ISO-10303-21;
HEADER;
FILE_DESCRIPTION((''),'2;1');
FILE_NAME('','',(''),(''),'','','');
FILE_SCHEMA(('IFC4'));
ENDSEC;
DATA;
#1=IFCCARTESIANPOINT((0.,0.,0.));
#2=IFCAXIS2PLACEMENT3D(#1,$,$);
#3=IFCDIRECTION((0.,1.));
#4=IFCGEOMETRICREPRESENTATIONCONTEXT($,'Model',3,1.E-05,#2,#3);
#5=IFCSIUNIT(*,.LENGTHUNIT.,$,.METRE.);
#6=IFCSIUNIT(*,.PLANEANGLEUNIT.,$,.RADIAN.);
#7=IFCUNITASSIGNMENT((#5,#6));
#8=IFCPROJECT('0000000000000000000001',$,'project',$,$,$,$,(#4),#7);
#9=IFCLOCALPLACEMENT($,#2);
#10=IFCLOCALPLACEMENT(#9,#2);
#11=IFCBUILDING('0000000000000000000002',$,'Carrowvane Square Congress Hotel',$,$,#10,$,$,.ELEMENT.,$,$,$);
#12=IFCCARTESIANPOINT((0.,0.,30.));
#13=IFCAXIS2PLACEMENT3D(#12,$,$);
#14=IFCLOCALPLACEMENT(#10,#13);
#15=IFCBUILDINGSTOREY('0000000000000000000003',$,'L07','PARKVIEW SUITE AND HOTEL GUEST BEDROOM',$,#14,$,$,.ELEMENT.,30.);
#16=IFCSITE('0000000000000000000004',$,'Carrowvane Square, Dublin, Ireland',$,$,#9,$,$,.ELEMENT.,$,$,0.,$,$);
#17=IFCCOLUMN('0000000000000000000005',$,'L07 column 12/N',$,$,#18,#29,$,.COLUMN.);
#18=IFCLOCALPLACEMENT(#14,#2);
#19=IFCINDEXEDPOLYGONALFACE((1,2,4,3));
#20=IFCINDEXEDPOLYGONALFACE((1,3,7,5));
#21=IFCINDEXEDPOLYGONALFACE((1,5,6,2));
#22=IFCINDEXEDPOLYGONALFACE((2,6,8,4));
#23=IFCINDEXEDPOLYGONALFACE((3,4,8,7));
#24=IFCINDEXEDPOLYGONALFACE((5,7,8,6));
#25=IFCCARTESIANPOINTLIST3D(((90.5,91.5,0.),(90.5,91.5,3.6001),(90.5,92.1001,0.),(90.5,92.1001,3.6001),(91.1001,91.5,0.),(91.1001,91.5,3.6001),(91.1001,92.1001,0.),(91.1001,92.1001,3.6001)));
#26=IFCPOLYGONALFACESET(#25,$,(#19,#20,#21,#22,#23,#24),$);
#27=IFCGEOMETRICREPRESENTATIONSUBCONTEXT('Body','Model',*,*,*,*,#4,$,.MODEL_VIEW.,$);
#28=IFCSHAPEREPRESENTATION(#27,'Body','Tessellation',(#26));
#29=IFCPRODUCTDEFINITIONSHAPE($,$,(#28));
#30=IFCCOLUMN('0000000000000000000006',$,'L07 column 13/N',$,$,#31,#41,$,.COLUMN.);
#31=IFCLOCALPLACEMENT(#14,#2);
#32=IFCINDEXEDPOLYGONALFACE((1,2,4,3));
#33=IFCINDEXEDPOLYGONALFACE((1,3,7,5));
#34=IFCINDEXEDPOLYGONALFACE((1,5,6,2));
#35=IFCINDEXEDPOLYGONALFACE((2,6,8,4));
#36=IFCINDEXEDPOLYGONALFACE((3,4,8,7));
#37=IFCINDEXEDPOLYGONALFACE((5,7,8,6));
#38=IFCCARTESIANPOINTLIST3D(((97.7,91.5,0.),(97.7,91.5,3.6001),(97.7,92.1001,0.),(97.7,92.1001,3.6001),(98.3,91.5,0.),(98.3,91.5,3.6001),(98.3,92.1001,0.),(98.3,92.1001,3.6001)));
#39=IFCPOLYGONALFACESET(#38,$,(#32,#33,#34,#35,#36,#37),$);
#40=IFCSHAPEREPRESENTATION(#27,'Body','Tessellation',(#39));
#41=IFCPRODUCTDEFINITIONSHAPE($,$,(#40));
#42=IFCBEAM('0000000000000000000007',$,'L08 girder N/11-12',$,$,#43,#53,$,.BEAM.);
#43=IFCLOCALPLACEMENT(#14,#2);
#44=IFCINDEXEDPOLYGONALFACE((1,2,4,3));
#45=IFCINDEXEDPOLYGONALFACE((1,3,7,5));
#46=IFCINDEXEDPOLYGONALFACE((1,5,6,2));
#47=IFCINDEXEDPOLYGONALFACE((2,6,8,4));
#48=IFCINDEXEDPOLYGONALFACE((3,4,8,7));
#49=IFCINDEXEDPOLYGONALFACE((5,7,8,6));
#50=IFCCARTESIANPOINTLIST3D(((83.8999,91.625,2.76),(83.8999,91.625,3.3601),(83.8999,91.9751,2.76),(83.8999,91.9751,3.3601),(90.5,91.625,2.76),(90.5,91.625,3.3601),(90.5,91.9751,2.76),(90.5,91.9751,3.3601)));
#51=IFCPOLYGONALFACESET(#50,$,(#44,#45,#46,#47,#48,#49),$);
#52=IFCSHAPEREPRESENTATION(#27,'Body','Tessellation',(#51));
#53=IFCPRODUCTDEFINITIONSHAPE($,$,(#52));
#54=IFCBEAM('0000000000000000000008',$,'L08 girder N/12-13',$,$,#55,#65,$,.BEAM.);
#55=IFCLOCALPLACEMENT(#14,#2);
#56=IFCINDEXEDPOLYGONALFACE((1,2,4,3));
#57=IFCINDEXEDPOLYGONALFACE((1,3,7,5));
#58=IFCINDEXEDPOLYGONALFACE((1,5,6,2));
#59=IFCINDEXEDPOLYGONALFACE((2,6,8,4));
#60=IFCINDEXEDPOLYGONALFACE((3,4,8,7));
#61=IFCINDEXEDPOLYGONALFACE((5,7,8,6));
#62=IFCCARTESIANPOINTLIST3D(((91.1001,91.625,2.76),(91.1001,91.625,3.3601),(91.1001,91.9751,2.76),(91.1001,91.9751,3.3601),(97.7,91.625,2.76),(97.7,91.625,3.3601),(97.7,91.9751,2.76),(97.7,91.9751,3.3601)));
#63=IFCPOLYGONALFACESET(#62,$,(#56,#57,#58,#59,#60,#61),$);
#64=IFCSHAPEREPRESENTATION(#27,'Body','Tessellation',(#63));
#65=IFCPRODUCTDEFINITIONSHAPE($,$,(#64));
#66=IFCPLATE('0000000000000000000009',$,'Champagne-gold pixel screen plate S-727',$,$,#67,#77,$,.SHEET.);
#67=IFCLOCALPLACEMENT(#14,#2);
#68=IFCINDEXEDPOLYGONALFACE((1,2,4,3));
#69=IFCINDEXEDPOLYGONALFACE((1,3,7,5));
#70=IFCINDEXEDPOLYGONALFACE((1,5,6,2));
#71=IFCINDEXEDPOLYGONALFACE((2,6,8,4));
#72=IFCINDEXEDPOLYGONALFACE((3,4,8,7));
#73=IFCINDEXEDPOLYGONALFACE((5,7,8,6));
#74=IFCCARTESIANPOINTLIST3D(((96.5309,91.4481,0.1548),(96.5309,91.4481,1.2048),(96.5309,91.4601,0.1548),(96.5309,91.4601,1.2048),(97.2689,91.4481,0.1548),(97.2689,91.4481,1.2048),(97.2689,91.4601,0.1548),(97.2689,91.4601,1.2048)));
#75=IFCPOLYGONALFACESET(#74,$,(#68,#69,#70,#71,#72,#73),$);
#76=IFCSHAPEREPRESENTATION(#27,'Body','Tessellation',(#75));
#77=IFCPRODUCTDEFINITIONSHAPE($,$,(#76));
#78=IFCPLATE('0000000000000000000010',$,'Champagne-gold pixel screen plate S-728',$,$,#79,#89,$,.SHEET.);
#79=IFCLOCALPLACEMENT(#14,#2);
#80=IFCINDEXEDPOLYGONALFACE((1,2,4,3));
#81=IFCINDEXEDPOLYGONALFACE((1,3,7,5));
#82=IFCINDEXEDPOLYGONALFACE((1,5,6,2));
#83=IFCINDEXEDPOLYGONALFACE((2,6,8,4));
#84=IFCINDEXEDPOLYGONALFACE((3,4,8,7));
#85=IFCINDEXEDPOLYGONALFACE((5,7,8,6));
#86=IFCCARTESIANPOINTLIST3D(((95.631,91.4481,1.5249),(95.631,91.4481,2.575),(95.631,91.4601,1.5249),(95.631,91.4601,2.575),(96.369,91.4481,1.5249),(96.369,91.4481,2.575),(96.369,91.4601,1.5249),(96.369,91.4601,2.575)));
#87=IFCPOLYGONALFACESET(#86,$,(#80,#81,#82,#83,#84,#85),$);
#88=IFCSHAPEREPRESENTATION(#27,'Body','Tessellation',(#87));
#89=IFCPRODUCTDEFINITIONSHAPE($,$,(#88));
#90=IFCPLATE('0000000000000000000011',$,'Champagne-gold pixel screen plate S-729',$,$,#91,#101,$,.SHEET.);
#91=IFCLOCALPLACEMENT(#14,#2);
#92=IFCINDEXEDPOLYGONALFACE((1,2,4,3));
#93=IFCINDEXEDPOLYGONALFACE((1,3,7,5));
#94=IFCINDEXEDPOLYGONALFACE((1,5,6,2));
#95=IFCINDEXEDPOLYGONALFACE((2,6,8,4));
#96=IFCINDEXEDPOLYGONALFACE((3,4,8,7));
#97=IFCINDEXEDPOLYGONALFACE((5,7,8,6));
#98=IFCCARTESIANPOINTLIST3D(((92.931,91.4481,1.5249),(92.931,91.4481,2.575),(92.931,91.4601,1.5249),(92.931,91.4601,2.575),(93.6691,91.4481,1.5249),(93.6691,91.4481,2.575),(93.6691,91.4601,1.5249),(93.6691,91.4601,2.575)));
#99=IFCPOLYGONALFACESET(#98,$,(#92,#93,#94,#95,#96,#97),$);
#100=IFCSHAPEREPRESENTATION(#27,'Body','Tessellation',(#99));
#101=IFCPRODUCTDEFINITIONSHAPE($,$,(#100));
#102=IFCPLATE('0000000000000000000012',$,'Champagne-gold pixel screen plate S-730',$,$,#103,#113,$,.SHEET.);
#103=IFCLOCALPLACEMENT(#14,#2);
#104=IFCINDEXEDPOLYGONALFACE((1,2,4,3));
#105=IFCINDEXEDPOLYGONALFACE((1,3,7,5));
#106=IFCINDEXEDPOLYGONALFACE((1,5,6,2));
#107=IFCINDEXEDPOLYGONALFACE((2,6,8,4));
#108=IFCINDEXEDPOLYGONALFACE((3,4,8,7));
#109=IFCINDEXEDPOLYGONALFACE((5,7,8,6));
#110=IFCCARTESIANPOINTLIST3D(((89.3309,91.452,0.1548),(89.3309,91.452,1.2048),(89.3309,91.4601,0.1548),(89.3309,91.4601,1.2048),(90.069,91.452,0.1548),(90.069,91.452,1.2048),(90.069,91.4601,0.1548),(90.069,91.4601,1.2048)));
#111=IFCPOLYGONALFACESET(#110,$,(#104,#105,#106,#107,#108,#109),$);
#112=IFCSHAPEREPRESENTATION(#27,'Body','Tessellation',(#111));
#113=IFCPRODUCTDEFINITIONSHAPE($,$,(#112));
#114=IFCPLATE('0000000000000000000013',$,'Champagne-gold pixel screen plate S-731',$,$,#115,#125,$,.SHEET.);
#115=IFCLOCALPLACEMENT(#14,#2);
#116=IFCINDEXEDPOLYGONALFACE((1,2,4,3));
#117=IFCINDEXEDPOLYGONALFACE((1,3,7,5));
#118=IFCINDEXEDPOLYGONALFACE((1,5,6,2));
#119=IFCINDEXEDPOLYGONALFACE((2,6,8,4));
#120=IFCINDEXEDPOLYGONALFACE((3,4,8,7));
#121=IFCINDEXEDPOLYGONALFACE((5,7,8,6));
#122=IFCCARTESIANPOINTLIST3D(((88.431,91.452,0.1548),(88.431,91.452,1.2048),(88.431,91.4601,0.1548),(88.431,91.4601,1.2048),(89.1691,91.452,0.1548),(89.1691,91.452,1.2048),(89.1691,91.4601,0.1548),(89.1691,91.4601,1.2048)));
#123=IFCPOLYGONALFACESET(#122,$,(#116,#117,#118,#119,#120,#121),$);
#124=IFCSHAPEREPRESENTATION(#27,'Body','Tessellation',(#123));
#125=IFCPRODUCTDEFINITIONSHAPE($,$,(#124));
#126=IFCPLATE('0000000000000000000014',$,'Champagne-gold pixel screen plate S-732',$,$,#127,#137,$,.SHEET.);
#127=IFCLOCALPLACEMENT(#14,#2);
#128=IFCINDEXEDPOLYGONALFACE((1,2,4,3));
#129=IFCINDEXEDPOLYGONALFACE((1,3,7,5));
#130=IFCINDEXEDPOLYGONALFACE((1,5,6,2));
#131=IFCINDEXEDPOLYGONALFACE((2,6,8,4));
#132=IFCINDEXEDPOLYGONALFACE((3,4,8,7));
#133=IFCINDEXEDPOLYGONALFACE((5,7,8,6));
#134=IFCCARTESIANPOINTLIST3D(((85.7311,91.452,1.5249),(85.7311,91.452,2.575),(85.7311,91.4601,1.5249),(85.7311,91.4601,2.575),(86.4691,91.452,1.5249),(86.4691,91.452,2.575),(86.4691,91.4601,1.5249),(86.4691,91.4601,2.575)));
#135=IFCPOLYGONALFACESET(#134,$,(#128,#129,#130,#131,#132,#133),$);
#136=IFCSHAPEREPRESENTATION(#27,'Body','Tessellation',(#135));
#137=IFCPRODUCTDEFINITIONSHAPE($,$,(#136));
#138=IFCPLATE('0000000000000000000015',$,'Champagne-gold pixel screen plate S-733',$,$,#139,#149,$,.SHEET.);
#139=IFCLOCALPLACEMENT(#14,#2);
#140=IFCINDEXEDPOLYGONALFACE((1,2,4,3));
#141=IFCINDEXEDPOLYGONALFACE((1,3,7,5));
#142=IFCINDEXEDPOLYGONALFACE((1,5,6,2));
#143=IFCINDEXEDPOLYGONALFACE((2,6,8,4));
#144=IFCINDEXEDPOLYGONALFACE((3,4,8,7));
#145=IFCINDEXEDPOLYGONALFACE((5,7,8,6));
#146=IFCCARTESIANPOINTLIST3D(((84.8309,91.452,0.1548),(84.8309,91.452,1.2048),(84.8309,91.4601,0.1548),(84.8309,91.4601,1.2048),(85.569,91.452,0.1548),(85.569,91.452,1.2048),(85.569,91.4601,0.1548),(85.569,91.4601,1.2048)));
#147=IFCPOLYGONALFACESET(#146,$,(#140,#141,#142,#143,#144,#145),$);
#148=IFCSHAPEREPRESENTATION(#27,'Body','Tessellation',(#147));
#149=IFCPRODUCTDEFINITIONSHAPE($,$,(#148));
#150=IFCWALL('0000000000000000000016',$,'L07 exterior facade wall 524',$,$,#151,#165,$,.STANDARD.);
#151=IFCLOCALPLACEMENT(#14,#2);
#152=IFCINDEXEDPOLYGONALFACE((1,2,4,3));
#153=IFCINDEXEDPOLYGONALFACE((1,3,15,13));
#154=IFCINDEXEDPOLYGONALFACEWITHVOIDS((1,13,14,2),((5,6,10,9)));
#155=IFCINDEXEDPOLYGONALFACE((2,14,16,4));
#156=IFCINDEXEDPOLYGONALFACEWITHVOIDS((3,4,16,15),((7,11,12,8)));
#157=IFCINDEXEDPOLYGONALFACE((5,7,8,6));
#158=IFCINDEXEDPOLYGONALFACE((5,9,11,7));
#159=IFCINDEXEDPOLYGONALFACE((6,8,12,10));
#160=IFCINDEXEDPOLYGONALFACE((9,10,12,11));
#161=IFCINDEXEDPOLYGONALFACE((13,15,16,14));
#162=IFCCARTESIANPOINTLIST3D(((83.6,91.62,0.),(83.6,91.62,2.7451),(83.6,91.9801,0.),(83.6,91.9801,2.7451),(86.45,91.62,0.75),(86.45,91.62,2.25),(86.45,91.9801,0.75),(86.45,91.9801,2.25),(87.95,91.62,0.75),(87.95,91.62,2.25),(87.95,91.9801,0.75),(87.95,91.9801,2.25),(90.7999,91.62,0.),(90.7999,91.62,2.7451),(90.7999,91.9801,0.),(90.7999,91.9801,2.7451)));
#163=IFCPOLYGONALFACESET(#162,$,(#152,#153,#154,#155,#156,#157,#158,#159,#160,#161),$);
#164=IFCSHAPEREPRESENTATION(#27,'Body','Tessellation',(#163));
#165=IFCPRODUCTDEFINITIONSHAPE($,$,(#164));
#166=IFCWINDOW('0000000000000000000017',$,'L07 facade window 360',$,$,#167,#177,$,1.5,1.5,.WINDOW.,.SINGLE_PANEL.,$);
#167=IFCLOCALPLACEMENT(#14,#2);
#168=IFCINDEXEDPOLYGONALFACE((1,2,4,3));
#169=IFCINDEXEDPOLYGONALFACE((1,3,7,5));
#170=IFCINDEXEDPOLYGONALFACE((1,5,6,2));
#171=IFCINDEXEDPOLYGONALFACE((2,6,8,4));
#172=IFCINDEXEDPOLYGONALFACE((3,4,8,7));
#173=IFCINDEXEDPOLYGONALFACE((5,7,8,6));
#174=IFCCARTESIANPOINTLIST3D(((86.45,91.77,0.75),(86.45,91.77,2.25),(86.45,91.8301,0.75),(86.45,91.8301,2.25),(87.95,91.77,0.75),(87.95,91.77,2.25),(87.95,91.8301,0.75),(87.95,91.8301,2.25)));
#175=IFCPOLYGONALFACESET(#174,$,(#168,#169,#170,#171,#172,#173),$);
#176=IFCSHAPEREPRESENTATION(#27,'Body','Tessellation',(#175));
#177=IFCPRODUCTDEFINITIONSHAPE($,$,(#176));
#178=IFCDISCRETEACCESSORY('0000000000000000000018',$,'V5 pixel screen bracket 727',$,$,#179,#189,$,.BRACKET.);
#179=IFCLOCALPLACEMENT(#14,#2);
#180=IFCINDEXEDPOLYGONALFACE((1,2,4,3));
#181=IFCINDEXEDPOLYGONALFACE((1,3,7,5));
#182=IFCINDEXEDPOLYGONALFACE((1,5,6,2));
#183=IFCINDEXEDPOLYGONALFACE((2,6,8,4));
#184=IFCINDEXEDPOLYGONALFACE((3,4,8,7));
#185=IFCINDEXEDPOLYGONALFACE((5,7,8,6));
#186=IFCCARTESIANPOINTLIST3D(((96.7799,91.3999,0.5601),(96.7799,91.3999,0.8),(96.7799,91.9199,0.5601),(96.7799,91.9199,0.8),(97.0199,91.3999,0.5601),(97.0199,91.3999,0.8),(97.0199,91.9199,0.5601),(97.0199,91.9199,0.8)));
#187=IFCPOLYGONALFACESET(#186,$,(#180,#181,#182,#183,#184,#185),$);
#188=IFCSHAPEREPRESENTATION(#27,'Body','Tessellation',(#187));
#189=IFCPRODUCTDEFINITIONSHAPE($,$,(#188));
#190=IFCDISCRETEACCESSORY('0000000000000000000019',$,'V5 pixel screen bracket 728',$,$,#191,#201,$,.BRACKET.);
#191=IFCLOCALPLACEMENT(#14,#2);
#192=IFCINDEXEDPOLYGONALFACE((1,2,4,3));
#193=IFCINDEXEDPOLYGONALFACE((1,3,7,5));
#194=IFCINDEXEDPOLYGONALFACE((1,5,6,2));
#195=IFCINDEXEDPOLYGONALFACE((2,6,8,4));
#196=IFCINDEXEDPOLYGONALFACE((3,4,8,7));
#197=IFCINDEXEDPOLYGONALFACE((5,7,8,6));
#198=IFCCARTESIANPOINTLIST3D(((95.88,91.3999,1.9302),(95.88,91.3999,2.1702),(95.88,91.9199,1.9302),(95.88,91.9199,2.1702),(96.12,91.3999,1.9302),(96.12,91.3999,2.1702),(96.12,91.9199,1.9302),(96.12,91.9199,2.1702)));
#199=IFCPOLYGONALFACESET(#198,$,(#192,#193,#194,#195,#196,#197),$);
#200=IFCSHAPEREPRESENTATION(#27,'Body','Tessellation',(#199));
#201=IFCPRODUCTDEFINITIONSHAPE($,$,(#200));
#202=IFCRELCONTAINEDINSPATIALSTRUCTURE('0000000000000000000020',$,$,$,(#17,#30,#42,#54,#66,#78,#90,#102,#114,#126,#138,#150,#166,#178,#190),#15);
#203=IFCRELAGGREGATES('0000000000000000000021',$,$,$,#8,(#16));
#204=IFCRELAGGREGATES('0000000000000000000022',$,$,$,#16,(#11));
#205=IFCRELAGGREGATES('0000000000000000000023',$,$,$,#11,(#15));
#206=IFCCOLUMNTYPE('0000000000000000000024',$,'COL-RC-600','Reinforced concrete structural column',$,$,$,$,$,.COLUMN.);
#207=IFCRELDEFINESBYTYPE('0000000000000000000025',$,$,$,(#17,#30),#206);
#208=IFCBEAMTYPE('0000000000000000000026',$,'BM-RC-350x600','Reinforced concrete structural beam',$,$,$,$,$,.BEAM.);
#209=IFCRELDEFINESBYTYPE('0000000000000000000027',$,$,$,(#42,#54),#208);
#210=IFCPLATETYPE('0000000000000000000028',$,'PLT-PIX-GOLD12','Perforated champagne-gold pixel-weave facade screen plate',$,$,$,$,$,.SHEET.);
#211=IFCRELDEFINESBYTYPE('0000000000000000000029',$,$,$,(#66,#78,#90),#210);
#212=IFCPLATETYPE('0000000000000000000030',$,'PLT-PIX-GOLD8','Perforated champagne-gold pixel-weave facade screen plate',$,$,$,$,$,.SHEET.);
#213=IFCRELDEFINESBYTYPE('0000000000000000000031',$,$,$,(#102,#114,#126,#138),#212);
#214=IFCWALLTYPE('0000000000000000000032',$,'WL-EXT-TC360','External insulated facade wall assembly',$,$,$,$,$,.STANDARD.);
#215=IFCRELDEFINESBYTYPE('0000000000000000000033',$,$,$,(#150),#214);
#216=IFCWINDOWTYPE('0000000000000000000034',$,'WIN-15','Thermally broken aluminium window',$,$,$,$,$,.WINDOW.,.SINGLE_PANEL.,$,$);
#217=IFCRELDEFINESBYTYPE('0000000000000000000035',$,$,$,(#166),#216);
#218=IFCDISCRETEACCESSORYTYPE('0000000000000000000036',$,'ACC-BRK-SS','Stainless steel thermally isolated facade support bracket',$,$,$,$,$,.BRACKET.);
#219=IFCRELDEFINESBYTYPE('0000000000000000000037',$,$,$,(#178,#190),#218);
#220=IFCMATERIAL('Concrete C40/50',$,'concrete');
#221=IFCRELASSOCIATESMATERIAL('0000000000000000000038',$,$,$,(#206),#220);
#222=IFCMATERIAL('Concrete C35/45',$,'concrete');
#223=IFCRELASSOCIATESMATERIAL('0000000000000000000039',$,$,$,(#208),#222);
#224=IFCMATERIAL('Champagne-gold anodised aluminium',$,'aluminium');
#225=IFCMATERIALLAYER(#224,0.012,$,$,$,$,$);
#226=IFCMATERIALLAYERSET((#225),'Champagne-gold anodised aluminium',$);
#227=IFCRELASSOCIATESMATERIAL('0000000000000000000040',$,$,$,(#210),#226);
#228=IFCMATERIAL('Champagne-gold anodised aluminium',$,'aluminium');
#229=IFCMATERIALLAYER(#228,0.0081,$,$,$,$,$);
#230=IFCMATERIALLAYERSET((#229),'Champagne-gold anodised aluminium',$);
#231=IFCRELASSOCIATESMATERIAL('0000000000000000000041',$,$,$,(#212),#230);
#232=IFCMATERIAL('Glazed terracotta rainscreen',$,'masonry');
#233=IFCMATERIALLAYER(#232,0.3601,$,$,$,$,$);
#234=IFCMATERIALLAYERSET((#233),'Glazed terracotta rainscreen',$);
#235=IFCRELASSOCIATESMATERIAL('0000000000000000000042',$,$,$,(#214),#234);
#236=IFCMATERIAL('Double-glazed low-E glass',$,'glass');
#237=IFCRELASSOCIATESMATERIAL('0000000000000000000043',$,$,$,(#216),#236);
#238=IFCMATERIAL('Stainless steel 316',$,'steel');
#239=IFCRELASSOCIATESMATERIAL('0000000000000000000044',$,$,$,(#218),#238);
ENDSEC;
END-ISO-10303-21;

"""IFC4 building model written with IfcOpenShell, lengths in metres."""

from ifc_helpers import new_model, si_unit, direction, frame, frame_2d, origin, origin_2d, place, context, subcontext, project, spatial, rectangle, extrude, material, layer, layer_set, material_profile, profile_set, type_object, element, fill, save


model = new_model("IFC4")

# Units and contexts
model_context = context("Model", 3, precision=1e-05, world=origin(), true_north=direction((0.0, 1.0)))
body_context = subcontext(model_context, "Body", "Model", "MODEL_VIEW")
ifc_project = project(units=[si_unit("LENGTHUNIT", "METRE"), si_unit("PLANEANGLEUNIT", "RADIAN")], contexts=[model_context])

# Site, building, storey
site_placement = place(None, origin())
site = spatial("IfcSite", under=ifc_project, at=site_placement, Name="Carrowvane Square, Dublin, Ireland", CompositionType="ELEMENT", RefElevation=0.0)
building_placement = place(site_placement, origin())
building = spatial("IfcBuilding", under=site, at=building_placement, Name="Carrowvane Square Congress Hotel", CompositionType="ELEMENT")
storey_placement = place(building_placement, frame((0.0, 0.0, 30.0)))
storey = spatial("IfcBuildingStorey", under=building, at=storey_placement, Name="L07", Description="PARKVIEW SUITE AND HOTEL GUEST BEDROOM", CompositionType="ELEMENT", Elevation=30.0)

# Columns
ifc_material_1 = material(Name="Concrete C40/50", Category="concrete")
ifc_material_profile_1 = material_profile(ifc_material_1, rectangle(XDim=0.6001, YDim=0.6001, at=origin_2d()), Name="RC 600x600")
ifc_profile_set_1 = profile_set([ifc_material_profile_1], Name="Concrete C40/50")
column_type = type_object("IfcColumnType", Name="COL-RC-600", Description="Reinforced concrete structural column", PredefinedType="COLUMN", material=ifc_profile_set_1)
for number, where, z_axis, x_axis, name in (
    (1, (90.8, 91.8, 0.0), (0.0, 0.0, 1.0), (1.0, 0.0, 0.0), "L07 column 12/N"),
    (2, (98.0, 91.8, 0.0), (0.0, 0.0, 1.0), (1.0, 0.0, 0.0), "L07 column 13/N"),
):
    element("IfcColumn", number, at=place(storey_placement, frame(where, z_axis=z_axis, x_axis=x_axis)), inside=storey, type_object=column_type, Name=name, PredefinedType="COLUMN", context=body_context, shape_type="SweptSolid", body=[
        extrude(rectangle(XDim=0.6001, YDim=0.6001, at=origin_2d()), origin(), (0.0, 0.0, 1.0), 3.6001),
    ])

# Beams
ifc_material_2 = material(Name="Concrete C35/45", Category="concrete")
ifc_material_profile_2 = material_profile(ifc_material_2, rectangle(XDim=0.3501, YDim=0.6001, at=origin_2d()), Name="RC 350x600")
ifc_profile_set_2 = profile_set([ifc_material_profile_2], Name="Concrete C35/45")
beam_type = type_object("IfcBeamType", Name="BM-RC-350x600", Description="Reinforced concrete structural beam", PredefinedType="BEAM", material=ifc_profile_set_2)
beam_1_placement = place(storey_placement, frame((83.8999, 91.8, 3.0601), z_axis=(1.0, 0.0, 0.0), x_axis=(0.0, 1.0, 0.0)))
element("IfcBeam", 3, at=beam_1_placement, inside=storey, type_object=beam_type, Name="L08 girder N/11-12", PredefinedType="BEAM", context=body_context, shape_type="SweptSolid", body=[
    extrude(rectangle(XDim=0.3501, YDim=0.6001, at=origin_2d()), origin(), (0.0, 0.0, 1.0), 6.6001),
])
beam_2_placement = place(storey_placement, frame((91.1001, 91.8, 3.0601), z_axis=(1.0, 0.0, 0.0), x_axis=(0.0, 1.0, 0.0)))
element("IfcBeam", 4, at=beam_2_placement, inside=storey, type_object=beam_type, Name="L08 girder N/12-13", PredefinedType="BEAM", context=body_context, shape_type="SweptSolid", body=[
    extrude(rectangle(XDim=0.3501, YDim=0.6001, at=origin_2d()), origin(), (0.0, 0.0, 1.0), 6.5999),
])

# Plates
ifc_material_3 = material(Name="Champagne-gold anodised aluminium", Category="aluminium")
ifc_layer_1 = layer(ifc_material_3, 0.012)
ifc_layer_set_1 = layer_set([ifc_layer_1], Name="Champagne-gold anodised aluminium")
plate_type_1 = type_object("IfcPlateType", Name="PLT-PIX-GOLD12", Description="Perforated champagne-gold pixel-weave facade screen plate", PredefinedType="SHEET", material=ifc_layer_set_1)
for number, where, z_axis, x_axis, name in (
    (5, (96.8999, 91.4541, 0.1548), (0.0, 0.0, 1.0), (-1.0, 0.0, 0.0), "Champagne-gold pixel screen plate S-727"),
    (6, (96.0, 91.4541, 1.5249), (0.0, 0.0, 1.0), (-1.0, 0.0, 0.0), "Champagne-gold pixel screen plate S-728"),
    (7, (93.3, 91.4541, 1.5249), (0.0, 0.0, 1.0), (-1.0, 0.0, 0.0), "Champagne-gold pixel screen plate S-729"),
):
    element("IfcPlate", number, at=place(storey_placement, frame(where, z_axis=z_axis, x_axis=x_axis)), inside=storey, type_object=plate_type_1, Name=name, PredefinedType="SHEET", context=body_context, shape_type="SweptSolid", body=[
        extrude(rectangle(XDim=0.738, YDim=0.012, at=origin_2d()), origin(), (0.0, 0.0, 1.0), 1.05),
    ])
ifc_material_4 = material(Name="Champagne-gold anodised aluminium", Category="aluminium")
ifc_layer_2 = layer(ifc_material_4, 0.0081)
ifc_layer_set_2 = layer_set([ifc_layer_2], Name="Champagne-gold anodised aluminium")
plate_type_2 = type_object("IfcPlateType", Name="PLT-PIX-GOLD8", Description="Perforated champagne-gold pixel-weave facade screen plate", PredefinedType="SHEET", material=ifc_layer_set_2)
for number, where, z_axis, x_axis, name in (
    (8, (89.7, 91.4561, 0.1548), (0.0, 0.0, 1.0), (-1.0, 0.0, 0.0), "Champagne-gold pixel screen plate S-730"),
    (9, (88.8, 91.4561, 0.1548), (0.0, 0.0, 1.0), (-1.0, 0.0, 0.0), "Champagne-gold pixel screen plate S-731"),
    (10, (86.1001, 91.4561, 1.5249), (0.0, 0.0, 1.0), (-1.0, 0.0, 0.0), "Champagne-gold pixel screen plate S-732"),
    (11, (85.2, 91.4561, 0.1548), (0.0, 0.0, 1.0), (-1.0, 0.0, 0.0), "Champagne-gold pixel screen plate S-733"),
):
    element("IfcPlate", number, at=place(storey_placement, frame(where, z_axis=z_axis, x_axis=x_axis)), inside=storey, type_object=plate_type_2, Name=name, PredefinedType="SHEET", context=body_context, shape_type="SweptSolid", body=[
        extrude(rectangle(XDim=0.738, YDim=0.0081, at=origin_2d()), origin(), (0.0, 0.0, 1.0), 1.05),
    ])

# Wall, opening, window
ifc_material_5 = material(Name="Glazed terracotta rainscreen", Category="masonry")
ifc_layer_3 = layer(ifc_material_5, 0.3601)
ifc_layer_set_3 = layer_set([ifc_layer_3], Name="Glazed terracotta rainscreen")
wall_type = type_object("IfcWallType", Name="WL-EXT-TC360", Description="External insulated facade wall assembly", PredefinedType="STANDARD", material=ifc_layer_set_3)
wall_placement = place(storey_placement, frame((90.8, 91.8, 0.0), z_axis=(0.0, 0.0, 1.0), x_axis=(-1.0, 0.0, 0.0)))
wall = element("IfcWall", 12, at=wall_placement, inside=storey, type_object=wall_type, Name="L07 exterior facade wall 524", PredefinedType="STANDARD", context=body_context, shape_type="SweptSolid", body=[
    extrude(rectangle(XDim=7.2, YDim=0.3601, at=frame_2d((3.6001, 0.0))), origin(), (0.0, 0.0, 1.0), 2.7451),
])
opening_placement = place(wall_placement, frame((2.8501, 0.0, 0.75)))
opening = element("IfcOpeningElement", 13, at=opening_placement, cuts=wall, PredefinedType="OPENING", context=body_context, shape_type="SweptSolid", body=[
    extrude(rectangle(XDim=1.5, YDim=1.5, at=frame_2d((0.75, 0.75))), frame((0.0, 0.1899, 0.0), z_axis=(0.0, -1.0, 0.0), x_axis=(1.0, 0.0, 0.0)), (0.0, 0.0, 1.0), 0.3801),
])
ifc_material_6 = material(Name="Double-glazed low-E glass", Category="glass")
window_type = type_object("IfcWindowType", Name="WIN-15", Description="Thermally broken aluminium window", PartitioningType="SINGLE_PANEL", PredefinedType="WINDOW", material=ifc_material_6)
window_placement = place(opening_placement, origin())
window = element("IfcWindow", 14, at=window_placement, inside=storey, type_object=window_type, Name="L07 facade window 360", OverallHeight=1.5, OverallWidth=1.5, PartitioningType="SINGLE_PANEL", PredefinedType="WINDOW", context=body_context, shape_type="SweptSolid", body=[
    extrude(rectangle(XDim=1.5, YDim=1.5, at=frame_2d((0.75, 0.75))), frame((0.0, 0.03, 0.0), z_axis=(0.0, -1.0, 0.0), x_axis=(1.0, 0.0, 0.0)), (0.0, 0.0, 1.0), 0.0601),
])
fill(opening, window)

# Discrete accessories
ifc_material_7 = material(Name="Stainless steel 316", Category="steel")
discrete_accessory_type = type_object("IfcDiscreteAccessoryType", Name="ACC-BRK-SS", Description="Stainless steel thermally isolated facade support bracket", PredefinedType="BRACKET", material=ifc_material_7)
for number, where, z_axis, x_axis, name in (
    (15, (96.8999, 91.6599, 0.5601), (0.0, 0.0, 1.0), (-1.0, 0.0, 0.0), "V5 pixel screen bracket 727"),
    (16, (96.0, 91.6599, 1.9302), (0.0, 0.0, 1.0), (-1.0, 0.0, 0.0), "V5 pixel screen bracket 728"),
):
    element("IfcDiscreteAccessory", number, at=place(storey_placement, frame(where, z_axis=z_axis, x_axis=x_axis)), inside=storey, type_object=discrete_accessory_type, Name=name, PredefinedType="BRACKET", context=body_context, shape_type="SweptSolid", body=[
        extrude(rectangle(XDim=0.24, YDim=0.52, at=origin_2d()), origin(), (0.0, 0.0, 1.0), 0.24),
    ])

save(model, "model.ifc")
